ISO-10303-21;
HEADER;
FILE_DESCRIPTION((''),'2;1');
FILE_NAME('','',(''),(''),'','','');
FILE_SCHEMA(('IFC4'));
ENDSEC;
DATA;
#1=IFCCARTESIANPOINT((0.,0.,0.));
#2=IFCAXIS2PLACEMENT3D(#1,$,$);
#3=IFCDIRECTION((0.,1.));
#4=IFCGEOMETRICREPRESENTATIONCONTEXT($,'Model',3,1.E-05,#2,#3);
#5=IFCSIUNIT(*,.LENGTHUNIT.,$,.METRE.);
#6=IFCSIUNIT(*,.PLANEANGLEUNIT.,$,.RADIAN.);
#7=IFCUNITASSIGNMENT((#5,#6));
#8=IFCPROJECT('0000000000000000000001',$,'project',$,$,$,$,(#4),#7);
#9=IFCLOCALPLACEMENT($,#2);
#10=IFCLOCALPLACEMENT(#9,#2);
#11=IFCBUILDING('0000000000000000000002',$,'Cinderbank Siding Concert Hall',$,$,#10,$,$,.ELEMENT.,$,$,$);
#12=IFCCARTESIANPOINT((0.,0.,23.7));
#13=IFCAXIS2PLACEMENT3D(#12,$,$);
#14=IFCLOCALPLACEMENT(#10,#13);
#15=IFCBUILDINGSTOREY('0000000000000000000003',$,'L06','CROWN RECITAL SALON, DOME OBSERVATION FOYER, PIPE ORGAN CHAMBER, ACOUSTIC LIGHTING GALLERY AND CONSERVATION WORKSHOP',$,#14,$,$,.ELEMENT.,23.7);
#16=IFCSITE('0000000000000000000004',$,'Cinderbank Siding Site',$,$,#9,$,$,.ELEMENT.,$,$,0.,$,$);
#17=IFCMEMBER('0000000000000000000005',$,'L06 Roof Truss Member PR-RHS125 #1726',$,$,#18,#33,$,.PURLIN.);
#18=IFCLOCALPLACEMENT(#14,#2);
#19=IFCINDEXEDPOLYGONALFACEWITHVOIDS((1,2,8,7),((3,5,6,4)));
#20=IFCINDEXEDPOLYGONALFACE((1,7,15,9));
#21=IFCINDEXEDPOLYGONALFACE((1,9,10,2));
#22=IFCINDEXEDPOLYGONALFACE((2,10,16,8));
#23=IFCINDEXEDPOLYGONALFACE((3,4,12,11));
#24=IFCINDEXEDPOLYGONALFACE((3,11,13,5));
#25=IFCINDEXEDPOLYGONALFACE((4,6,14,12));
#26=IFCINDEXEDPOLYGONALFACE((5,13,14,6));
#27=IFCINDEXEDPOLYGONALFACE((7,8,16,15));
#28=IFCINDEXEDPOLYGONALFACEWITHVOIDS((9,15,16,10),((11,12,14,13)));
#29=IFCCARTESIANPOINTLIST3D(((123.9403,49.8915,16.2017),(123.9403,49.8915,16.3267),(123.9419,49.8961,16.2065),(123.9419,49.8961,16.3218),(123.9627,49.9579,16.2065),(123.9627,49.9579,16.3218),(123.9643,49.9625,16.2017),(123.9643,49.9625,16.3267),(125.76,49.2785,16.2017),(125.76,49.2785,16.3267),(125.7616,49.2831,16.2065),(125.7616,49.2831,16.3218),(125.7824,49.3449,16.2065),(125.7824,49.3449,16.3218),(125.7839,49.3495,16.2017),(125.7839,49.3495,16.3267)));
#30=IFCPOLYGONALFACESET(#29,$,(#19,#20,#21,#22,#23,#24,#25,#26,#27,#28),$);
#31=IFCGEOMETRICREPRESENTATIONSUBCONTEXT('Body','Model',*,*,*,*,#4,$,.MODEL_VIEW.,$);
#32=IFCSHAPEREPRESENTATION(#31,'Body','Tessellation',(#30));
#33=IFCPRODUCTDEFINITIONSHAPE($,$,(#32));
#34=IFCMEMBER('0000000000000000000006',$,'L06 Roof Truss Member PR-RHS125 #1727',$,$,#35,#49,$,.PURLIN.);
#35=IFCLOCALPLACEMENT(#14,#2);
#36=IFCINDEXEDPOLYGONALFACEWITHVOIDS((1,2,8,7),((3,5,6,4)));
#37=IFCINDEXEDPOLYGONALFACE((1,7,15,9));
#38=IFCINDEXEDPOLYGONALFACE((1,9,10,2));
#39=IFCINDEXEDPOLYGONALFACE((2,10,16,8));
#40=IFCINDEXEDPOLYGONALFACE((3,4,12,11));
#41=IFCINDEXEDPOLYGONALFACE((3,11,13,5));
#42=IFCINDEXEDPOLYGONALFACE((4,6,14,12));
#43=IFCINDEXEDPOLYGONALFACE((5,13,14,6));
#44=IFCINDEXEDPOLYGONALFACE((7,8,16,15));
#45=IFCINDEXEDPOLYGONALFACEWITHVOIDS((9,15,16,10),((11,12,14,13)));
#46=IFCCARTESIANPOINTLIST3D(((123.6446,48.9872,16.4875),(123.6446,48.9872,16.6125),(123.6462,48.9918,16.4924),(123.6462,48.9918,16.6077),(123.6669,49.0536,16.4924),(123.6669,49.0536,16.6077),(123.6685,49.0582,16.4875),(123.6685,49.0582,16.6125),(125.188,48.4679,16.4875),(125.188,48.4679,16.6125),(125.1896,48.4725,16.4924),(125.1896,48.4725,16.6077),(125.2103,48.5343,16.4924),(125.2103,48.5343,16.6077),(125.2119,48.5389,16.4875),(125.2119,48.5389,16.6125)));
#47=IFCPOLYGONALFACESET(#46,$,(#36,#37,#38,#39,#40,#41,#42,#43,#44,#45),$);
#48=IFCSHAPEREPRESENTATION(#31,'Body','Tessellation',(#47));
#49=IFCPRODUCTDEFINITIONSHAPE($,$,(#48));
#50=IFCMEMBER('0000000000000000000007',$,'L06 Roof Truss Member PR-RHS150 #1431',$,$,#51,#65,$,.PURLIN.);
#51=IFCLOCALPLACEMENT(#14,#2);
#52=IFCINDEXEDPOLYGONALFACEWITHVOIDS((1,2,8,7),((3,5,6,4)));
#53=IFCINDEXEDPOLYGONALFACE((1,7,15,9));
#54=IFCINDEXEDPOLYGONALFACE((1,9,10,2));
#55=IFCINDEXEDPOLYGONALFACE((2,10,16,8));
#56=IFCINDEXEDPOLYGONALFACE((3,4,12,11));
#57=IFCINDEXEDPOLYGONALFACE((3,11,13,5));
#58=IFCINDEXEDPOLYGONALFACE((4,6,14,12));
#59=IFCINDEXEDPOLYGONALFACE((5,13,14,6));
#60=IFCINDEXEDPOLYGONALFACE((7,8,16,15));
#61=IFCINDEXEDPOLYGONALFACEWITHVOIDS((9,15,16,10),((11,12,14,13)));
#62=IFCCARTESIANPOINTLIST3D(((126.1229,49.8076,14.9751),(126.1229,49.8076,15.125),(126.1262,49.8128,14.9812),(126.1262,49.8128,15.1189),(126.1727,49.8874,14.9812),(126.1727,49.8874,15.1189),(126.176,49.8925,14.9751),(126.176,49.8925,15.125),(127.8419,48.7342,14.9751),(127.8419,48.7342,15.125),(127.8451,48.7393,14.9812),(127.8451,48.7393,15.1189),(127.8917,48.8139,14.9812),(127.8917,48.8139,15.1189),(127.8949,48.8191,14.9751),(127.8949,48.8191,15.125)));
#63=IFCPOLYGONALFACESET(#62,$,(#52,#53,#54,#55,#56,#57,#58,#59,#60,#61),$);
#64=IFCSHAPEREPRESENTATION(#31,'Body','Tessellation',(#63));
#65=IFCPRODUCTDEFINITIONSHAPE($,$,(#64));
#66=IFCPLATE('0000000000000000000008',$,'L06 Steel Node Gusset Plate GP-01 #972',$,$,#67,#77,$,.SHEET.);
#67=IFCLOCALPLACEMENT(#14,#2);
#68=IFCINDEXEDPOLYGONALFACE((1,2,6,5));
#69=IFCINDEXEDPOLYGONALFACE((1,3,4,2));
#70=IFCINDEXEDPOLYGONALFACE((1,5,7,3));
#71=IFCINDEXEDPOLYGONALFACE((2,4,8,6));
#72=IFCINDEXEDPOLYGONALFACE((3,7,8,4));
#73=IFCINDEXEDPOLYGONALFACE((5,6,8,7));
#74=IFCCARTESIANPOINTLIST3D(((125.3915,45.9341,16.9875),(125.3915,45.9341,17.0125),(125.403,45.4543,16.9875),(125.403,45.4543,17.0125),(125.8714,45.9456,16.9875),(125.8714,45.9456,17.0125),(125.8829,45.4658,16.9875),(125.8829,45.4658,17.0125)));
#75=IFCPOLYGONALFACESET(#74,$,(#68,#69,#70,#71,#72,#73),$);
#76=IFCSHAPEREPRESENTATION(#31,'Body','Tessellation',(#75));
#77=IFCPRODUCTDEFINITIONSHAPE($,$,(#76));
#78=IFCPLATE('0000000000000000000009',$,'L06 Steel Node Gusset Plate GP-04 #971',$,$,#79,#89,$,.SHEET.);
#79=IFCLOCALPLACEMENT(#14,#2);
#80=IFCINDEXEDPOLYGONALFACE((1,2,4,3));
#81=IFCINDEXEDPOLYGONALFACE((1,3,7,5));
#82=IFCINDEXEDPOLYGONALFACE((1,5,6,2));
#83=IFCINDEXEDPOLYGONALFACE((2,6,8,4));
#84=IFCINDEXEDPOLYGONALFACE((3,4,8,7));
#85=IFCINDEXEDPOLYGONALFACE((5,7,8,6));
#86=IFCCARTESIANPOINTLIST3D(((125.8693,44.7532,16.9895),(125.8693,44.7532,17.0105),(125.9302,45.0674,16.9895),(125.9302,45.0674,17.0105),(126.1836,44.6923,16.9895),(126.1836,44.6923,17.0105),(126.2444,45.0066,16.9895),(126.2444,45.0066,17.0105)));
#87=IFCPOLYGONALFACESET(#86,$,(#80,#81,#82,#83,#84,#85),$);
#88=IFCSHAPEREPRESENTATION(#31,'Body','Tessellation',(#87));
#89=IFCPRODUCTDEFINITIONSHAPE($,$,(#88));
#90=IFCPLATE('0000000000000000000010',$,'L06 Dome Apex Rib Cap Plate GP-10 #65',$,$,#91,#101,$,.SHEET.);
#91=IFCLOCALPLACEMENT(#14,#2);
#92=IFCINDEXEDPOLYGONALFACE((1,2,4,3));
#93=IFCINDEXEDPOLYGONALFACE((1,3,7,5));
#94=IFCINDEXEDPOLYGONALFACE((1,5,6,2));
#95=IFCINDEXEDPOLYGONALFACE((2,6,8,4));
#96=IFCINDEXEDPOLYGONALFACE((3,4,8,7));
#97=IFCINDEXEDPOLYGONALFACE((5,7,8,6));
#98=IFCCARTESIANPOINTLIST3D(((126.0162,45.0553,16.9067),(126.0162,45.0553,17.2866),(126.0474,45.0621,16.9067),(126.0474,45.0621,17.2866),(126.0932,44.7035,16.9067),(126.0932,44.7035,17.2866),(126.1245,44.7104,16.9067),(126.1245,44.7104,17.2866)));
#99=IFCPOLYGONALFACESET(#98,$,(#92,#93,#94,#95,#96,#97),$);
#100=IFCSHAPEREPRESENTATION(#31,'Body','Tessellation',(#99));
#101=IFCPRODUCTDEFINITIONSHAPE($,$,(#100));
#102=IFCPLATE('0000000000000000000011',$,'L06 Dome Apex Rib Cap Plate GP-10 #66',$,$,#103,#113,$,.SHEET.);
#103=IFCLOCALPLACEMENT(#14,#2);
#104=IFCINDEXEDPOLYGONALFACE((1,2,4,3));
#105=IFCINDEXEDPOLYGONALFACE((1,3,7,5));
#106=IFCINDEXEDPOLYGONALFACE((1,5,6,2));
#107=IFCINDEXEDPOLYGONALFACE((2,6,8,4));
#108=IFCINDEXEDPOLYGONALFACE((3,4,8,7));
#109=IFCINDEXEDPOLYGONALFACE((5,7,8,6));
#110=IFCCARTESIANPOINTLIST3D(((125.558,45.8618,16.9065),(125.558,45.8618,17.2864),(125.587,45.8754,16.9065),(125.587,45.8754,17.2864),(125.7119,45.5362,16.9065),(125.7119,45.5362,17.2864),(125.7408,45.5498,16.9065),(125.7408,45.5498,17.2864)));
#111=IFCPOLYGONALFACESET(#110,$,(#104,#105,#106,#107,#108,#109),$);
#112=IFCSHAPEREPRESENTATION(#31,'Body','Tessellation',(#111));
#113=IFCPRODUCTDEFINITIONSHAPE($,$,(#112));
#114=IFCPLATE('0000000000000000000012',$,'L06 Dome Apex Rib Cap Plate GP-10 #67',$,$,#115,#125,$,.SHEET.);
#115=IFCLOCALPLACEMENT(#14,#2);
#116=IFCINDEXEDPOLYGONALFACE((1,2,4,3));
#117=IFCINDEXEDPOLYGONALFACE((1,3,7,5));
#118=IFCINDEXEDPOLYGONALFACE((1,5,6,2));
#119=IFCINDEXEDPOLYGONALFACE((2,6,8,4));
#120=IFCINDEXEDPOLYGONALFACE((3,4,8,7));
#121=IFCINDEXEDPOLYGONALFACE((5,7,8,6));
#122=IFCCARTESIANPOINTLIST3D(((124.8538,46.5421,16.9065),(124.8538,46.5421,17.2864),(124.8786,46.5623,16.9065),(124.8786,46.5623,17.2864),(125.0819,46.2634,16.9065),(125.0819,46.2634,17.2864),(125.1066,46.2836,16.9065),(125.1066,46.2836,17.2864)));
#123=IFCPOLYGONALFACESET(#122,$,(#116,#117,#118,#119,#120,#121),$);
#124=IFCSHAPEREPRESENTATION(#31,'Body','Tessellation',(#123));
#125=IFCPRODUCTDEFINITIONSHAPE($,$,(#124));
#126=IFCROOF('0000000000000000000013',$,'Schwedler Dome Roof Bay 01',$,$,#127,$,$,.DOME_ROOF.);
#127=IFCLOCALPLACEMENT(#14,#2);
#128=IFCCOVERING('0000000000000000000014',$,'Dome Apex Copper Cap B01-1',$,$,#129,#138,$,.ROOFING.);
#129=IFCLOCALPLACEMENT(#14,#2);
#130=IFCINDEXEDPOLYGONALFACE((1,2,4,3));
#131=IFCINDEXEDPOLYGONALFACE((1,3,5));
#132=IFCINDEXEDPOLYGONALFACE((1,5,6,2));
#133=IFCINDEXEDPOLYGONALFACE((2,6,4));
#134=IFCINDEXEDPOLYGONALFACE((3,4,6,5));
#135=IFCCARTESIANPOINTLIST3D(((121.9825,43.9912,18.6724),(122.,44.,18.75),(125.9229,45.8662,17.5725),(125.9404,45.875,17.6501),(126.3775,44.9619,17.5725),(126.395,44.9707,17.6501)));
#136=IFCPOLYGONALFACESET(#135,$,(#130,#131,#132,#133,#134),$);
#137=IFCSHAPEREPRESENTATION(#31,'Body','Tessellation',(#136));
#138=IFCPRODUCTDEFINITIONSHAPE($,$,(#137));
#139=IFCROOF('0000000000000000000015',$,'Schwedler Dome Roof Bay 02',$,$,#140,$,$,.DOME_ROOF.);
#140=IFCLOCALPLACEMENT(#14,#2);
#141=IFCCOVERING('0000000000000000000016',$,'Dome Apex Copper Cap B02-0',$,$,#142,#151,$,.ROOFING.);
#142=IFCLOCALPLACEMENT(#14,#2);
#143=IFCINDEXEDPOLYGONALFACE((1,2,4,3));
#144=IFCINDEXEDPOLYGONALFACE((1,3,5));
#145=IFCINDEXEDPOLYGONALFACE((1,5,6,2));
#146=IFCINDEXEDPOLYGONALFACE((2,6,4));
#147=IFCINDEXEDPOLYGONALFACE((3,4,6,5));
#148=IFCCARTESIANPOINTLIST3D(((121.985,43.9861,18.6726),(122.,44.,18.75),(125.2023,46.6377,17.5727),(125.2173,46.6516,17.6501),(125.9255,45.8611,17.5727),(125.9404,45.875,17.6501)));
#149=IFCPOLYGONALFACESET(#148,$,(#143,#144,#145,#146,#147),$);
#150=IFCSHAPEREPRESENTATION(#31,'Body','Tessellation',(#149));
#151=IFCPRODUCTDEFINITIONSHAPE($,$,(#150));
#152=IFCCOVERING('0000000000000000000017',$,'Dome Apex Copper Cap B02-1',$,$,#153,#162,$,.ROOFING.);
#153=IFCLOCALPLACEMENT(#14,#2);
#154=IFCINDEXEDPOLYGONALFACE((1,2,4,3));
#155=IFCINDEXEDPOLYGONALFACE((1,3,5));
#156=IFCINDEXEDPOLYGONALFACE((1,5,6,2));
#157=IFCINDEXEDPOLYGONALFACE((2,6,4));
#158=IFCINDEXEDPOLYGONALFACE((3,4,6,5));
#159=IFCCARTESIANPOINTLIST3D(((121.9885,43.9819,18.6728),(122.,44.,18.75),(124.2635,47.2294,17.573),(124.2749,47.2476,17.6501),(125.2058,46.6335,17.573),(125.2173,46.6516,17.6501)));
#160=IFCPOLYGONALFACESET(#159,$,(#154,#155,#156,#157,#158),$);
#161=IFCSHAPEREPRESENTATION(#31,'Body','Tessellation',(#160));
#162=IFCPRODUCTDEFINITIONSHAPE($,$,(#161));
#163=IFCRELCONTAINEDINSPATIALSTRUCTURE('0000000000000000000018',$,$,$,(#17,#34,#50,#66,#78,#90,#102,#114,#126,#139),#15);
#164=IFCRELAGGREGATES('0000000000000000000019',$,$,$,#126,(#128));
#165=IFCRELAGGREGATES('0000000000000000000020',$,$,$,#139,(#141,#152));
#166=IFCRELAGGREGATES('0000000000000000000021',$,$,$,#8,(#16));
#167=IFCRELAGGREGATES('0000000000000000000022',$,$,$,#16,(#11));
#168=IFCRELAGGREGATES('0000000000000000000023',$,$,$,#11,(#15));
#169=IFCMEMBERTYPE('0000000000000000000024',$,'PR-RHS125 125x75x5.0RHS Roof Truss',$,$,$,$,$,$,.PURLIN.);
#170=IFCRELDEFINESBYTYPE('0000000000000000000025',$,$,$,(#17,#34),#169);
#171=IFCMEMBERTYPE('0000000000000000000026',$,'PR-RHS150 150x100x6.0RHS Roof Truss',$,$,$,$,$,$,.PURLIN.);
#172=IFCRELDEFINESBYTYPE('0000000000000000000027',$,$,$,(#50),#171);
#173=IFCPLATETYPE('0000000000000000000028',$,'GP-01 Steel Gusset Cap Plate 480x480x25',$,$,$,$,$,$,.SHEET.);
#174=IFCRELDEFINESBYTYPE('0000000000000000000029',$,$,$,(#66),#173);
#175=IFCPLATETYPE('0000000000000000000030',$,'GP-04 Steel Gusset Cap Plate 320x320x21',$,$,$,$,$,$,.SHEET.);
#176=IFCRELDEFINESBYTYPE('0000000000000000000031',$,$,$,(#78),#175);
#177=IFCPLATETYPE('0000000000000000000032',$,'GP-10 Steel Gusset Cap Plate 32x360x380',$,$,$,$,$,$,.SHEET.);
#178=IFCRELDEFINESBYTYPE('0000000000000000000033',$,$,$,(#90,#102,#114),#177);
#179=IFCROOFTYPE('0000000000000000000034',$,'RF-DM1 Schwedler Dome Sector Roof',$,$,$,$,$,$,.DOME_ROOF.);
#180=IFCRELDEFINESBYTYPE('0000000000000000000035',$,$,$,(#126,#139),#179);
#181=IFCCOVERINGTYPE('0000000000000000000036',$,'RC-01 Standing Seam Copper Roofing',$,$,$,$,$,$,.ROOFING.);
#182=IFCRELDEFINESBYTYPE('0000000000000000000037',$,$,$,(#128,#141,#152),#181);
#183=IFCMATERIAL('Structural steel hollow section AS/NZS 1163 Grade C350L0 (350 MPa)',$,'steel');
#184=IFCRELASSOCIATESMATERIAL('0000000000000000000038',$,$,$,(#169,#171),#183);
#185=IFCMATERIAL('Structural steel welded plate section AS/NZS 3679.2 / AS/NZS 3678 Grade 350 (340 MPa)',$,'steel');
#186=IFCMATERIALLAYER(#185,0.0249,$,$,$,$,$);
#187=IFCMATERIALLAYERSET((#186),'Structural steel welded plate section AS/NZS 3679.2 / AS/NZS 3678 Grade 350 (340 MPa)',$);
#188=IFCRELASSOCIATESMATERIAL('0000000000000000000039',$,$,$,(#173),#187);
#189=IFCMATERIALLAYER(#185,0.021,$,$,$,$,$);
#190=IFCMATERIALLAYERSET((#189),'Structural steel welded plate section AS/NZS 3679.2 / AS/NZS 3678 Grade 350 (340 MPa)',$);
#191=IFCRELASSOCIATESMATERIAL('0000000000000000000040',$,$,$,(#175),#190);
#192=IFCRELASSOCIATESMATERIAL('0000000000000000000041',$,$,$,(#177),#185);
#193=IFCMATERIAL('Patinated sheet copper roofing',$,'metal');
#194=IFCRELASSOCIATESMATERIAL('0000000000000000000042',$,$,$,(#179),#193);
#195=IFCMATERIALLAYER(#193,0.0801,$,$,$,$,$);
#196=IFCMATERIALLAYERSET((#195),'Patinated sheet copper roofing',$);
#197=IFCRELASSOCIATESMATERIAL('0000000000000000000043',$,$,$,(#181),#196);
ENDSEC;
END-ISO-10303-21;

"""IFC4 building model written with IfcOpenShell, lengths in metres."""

from ifc_helpers import new_model, si_unit, direction, frame, origin, origin_2d, place, context, subcontext, project, spatial, polyline, rectangle, hollow_rectangle, outline, extrude, material, layer, layer_set, material_profile, profile_set, type_object, element, aggregate, save


model = new_model("IFC4")

# Units and contexts
model_context = context("Model", 3, precision=1e-05, world=origin(), true_north=direction((0.0, 1.0)))
body_context = subcontext(model_context, "Body", "Model", "MODEL_VIEW")
ifc_project = project(units=[si_unit("LENGTHUNIT", "METRE"), si_unit("PLANEANGLEUNIT", "RADIAN")], contexts=[model_context])

# Site, building, storey
site_placement = place(None, origin())
site = spatial("IfcSite", under=ifc_project, at=site_placement, Name="Cinderbank Siding Site", CompositionType="ELEMENT", RefElevation=0.0)
building_placement = place(site_placement, origin())
building = spatial("IfcBuilding", under=site, at=building_placement, Name="Cinderbank Siding Concert Hall", CompositionType="ELEMENT")
storey_placement = place(building_placement, frame((0.0, 0.0, 23.7)))
storey = spatial("IfcBuildingStorey", under=building, at=storey_placement, Name="L06", Description="CROWN RECITAL SALON, DOME OBSERVATION FOYER, PIPE ORGAN CHAMBER, ACOUSTIC LIGHTING GALLERY AND CONSERVATION WORKSHOP", CompositionType="ELEMENT", Elevation=23.7)

# Members
ifc_material_1 = material(Name="Structural steel hollow section AS/NZS 1163 Grade C350L0 (350 MPa)", Category="steel")
ifc_material_profile_1 = material_profile(ifc_material_1, hollow_rectangle(XDim=0.075, YDim=0.125, WallThickness=0.0049, at=origin_2d()), Name="125x75x5.0RHS", Category="LoadBearing")
ifc_profile_set_1 = profile_set([ifc_material_profile_1], Name="Structural steel hollow section AS/NZS 1163 Grade C350L0 (350 MPa)")
member_type_1 = type_object("IfcMemberType", Name="PR-RHS125 125x75x5.0RHS Roof Truss", PredefinedType="PURLIN", material=ifc_profile_set_1)
member_1_placement = place(storey_placement, frame((125.772, 49.314, 16.2642), z_axis=(-0.947661, 0.319278, 0.0), x_axis=(-0.319278, -0.947661, 0.0)))
element("IfcMember", 1, at=member_1_placement, inside=storey, type_object=member_type_1, Name="L06 Roof Truss Member PR-RHS125 #1726", PredefinedType="PURLIN", context=body_context, shape_type="SweptSolid", body=[
    extrude(hollow_rectangle(XDim=0.075, YDim=0.125, WallThickness=0.0049, at=origin_2d()), origin(), (0.0, 0.0, 1.0), 1.9202),
])
member_2_placement = place(storey_placement, frame((125.2, 48.5034, 16.55), z_axis=(-0.947795, 0.31888, 0.0), x_axis=(-0.31888, -0.947795, 0.0)))
element("IfcMember", 2, at=member_2_placement, inside=storey, type_object=member_type_1, Name="L06 Roof Truss Member PR-RHS125 #1727", PredefinedType="PURLIN", context=body_context, shape_type="SweptSolid", body=[
    extrude(hollow_rectangle(XDim=0.075, YDim=0.125, WallThickness=0.0049, at=origin_2d()), origin(), (0.0, 0.0, 1.0), 1.6284),
])
ifc_material_profile_2 = material_profile(ifc_material_1, hollow_rectangle(XDim=0.1001, YDim=0.1499, WallThickness=0.0061, at=origin_2d()), Name="150x100x6.0RHS", Category="LoadBearing")
ifc_profile_set_2 = profile_set([ifc_material_profile_2], Name="Structural steel hollow section AS/NZS 1163 Grade C350L0 (350 MPa)")
member_type_2 = type_object("IfcMemberType", Name="PR-RHS150 150x100x6.0RHS Roof Truss", PredefinedType="PURLIN", material=ifc_profile_set_2)
member_3_placement = place(storey_placement, frame((127.8684, 48.7766, 15.05), z_axis=(-0.848195, 0.529685, 0.0), x_axis=(-0.529685, -0.848195, 0.0)))
element("IfcMember", 3, at=member_3_placement, inside=storey, type_object=member_type_2, Name="L06 Roof Truss Member PR-RHS150 #1431", PredefinedType="PURLIN", context=body_context, shape_type="SweptSolid", body=[
    extrude(hollow_rectangle(XDim=0.1001, YDim=0.1499, WallThickness=0.0061, at=origin_2d()), origin(), (0.0, 0.0, 1.0), 2.0266),
])

# Plates
ifc_material_2 = material(Name="Structural steel welded plate section AS/NZS 3679.2 / AS/NZS 3678 Grade 350 (340 MPa)", Category="steel")
ifc_layer_1 = layer(ifc_material_2, 0.0249)
ifc_layer_set_1 = layer_set([ifc_layer_1], Name="Structural steel welded plate section AS/NZS 3679.2 / AS/NZS 3678 Grade 350 (340 MPa)")
plate_type_1 = type_object("IfcPlateType", Name="GP-01 Steel Gusset Cap Plate 480x480x25", PredefinedType="SHEET", material=ifc_layer_set_1)
plate_1_placement = place(storey_placement, frame((125.6372, 45.7, 16.9875), z_axis=(0.0, 0.0, 1.0), x_axis=(-0.999714, -0.023909, 0.0)))
element("IfcPlate", 4, at=plate_1_placement, inside=storey, type_object=plate_type_1, Name="L06 Steel Node Gusset Plate GP-01 #972", PredefinedType="SHEET", context=body_context, shape_type="SweptSolid", body=[
    extrude(rectangle(XDim=0.48, YDim=0.48, at=origin_2d()), origin(), (0.0, 0.0, 1.0), 0.0249),
])
ifc_layer_2 = layer(ifc_material_2, 0.021)
ifc_layer_set_2 = layer_set([ifc_layer_2], Name="Structural steel welded plate section AS/NZS 3679.2 / AS/NZS 3678 Grade 350 (340 MPa)")
plate_type_2 = type_object("IfcPlateType", Name="GP-04 Steel Gusset Cap Plate 320x320x21", PredefinedType="SHEET", material=ifc_layer_set_2)
plate_2_placement = place(storey_placement, frame((126.0569, 44.8799, 16.9895), z_axis=(0.0, 0.0, 1.0), x_axis=(-0.98176, 0.190124, 0.0)))
element("IfcPlate", 5, at=plate_2_placement, inside=storey, type_object=plate_type_2, Name="L06 Steel Node Gusset Plate GP-04 #971", PredefinedType="SHEET", context=body_context, shape_type="SweptSolid", body=[
    extrude(rectangle(XDim=0.3201, YDim=0.3201, at=origin_2d()), origin(), (0.0, 0.0, 1.0), 0.021),
])
plate_type_3 = type_object("IfcPlateType", Name="GP-10 Steel Gusset Cap Plate 32x360x380", PredefinedType="SHEET", material=ifc_material_2)
for number, where, z_axis, x_axis, name in (
    (6, (126.0703, 44.8828, 16.9067), (0.0, 0.0, 1.0), (-0.976822, -0.214053, 0.0), "L06 Dome Apex Rib Cap Plate GP-10 #65"),
    (7, (125.6494, 45.7058, 16.9065), (0.0, 0.0, 1.0), (-0.904157, -0.4272, 0.0), "L06 Dome Apex Rib Cap Plate GP-10 #66"),
    (8, (124.9802, 46.4128, 16.9065), (0.0, 0.0, 1.0), (-0.773951, -0.633246, 0.0), "L06 Dome Apex Rib Cap Plate GP-10 #67"),
):
    element("IfcPlate", number, at=place(storey_placement, frame(where, z_axis=z_axis, x_axis=x_axis)), inside=storey, type_object=plate_type_3, Name=name, PredefinedType="SHEET", context=body_context, shape_type="SweptSolid", body=[
        extrude(rectangle(XDim=0.032, YDim=0.3601, at=origin_2d()), origin(), (0.0, 0.0, 1.0), 0.3799),
    ])

# Roof, covering
ifc_material_3 = material(Name="Patinated sheet copper roofing", Category="metal")
roof_type = type_object("IfcRoofType", Name="RF-DM1 Schwedler Dome Sector Roof", PredefinedType="DOME_ROOF", material=ifc_material_3)
roof_1_placement = place(storey_placement, origin())
roof_1 = element("IfcRoof", 9, at=roof_1_placement, inside=storey, type_object=roof_type, Name="Schwedler Dome Roof Bay 01", PredefinedType="DOME_ROOF")
ifc_layer_3 = layer(ifc_material_3, 0.0801)
ifc_layer_set_3 = layer_set([ifc_layer_3], Name="Patinated sheet copper roofing")
covering_type = type_object("IfcCoveringType", Name="RC-01 Standing Seam Copper Roofing", PredefinedType="ROOFING", material=ifc_layer_set_3)
covering_1_placement = place(storey_placement, frame((126.395, 44.9707, 17.6501), z_axis=(0.218408, 0.109794, 0.969661), x_axis=(-0.449142, 0.89346, 0.0)))
covering_1 = element("IfcCovering", 10, at=covering_1_placement, type_object=covering_type, Name="Dome Apex Copper Cap B01-1", PredefinedType="ROOFING", context=body_context, shape_type="SweptSolid", body=[
    extrude(outline(polyline([(0.0, 0.0), (1.0121, 0.0), (1.1067, 4.4993), (0.0, 0.0)])), origin(), (0.0, 0.0, -1.0), 0.0801),
])
aggregate(roof_1, [covering_1])

# Roof, coverings
roof_2_placement = place(storey_placement, origin())
roof_2 = element("IfcRoof", 11, at=roof_2_placement, inside=storey, type_object=roof_type, Name="Schwedler Dome Roof Bay 02", PredefinedType="DOME_ROOF")
covering_2_placement = place(storey_placement, frame((125.9404, 45.875, 17.6501), z_axis=(0.187, 0.174125, 0.966805), x_axis=(-0.681465, 0.73185, 0.0)))
covering_2 = element("IfcCovering", 12, at=covering_2_placement, type_object=covering_type, Name="Dome Apex Copper Cap B02-0", PredefinedType="ROOFING", context=body_context, shape_type="SweptSolid", body=[
    extrude(outline(polyline([(0.0, 0.0), (1.0612, 0.0), (1.313, 4.3044), (0.0, 0.0)])), origin(), (0.0, 0.0, -1.0), 0.0801),
])
covering_3_placement = place(storey_placement, frame((125.2173, 46.6516, 17.6501), z_axis=(0.14301, 0.226145, 0.963539), x_axis=(-0.845182, 0.534479, 0.0)))
covering_3 = element("IfcCovering", 13, at=covering_3_placement, type_object=covering_type, Name="Dome Apex Copper Cap B02-1", PredefinedType="ROOFING", context=body_context, shape_type="SweptSolid", body=[
    extrude(outline(polyline([(0.0, 0.0), (1.115, 0.0), (1.302, 4.1105), (0.0, 0.0)])), origin(), (0.0, 0.0, -1.0), 0.0801),
])
aggregate(roof_2, [covering_2, covering_3])

save(model, "model.ifc")
